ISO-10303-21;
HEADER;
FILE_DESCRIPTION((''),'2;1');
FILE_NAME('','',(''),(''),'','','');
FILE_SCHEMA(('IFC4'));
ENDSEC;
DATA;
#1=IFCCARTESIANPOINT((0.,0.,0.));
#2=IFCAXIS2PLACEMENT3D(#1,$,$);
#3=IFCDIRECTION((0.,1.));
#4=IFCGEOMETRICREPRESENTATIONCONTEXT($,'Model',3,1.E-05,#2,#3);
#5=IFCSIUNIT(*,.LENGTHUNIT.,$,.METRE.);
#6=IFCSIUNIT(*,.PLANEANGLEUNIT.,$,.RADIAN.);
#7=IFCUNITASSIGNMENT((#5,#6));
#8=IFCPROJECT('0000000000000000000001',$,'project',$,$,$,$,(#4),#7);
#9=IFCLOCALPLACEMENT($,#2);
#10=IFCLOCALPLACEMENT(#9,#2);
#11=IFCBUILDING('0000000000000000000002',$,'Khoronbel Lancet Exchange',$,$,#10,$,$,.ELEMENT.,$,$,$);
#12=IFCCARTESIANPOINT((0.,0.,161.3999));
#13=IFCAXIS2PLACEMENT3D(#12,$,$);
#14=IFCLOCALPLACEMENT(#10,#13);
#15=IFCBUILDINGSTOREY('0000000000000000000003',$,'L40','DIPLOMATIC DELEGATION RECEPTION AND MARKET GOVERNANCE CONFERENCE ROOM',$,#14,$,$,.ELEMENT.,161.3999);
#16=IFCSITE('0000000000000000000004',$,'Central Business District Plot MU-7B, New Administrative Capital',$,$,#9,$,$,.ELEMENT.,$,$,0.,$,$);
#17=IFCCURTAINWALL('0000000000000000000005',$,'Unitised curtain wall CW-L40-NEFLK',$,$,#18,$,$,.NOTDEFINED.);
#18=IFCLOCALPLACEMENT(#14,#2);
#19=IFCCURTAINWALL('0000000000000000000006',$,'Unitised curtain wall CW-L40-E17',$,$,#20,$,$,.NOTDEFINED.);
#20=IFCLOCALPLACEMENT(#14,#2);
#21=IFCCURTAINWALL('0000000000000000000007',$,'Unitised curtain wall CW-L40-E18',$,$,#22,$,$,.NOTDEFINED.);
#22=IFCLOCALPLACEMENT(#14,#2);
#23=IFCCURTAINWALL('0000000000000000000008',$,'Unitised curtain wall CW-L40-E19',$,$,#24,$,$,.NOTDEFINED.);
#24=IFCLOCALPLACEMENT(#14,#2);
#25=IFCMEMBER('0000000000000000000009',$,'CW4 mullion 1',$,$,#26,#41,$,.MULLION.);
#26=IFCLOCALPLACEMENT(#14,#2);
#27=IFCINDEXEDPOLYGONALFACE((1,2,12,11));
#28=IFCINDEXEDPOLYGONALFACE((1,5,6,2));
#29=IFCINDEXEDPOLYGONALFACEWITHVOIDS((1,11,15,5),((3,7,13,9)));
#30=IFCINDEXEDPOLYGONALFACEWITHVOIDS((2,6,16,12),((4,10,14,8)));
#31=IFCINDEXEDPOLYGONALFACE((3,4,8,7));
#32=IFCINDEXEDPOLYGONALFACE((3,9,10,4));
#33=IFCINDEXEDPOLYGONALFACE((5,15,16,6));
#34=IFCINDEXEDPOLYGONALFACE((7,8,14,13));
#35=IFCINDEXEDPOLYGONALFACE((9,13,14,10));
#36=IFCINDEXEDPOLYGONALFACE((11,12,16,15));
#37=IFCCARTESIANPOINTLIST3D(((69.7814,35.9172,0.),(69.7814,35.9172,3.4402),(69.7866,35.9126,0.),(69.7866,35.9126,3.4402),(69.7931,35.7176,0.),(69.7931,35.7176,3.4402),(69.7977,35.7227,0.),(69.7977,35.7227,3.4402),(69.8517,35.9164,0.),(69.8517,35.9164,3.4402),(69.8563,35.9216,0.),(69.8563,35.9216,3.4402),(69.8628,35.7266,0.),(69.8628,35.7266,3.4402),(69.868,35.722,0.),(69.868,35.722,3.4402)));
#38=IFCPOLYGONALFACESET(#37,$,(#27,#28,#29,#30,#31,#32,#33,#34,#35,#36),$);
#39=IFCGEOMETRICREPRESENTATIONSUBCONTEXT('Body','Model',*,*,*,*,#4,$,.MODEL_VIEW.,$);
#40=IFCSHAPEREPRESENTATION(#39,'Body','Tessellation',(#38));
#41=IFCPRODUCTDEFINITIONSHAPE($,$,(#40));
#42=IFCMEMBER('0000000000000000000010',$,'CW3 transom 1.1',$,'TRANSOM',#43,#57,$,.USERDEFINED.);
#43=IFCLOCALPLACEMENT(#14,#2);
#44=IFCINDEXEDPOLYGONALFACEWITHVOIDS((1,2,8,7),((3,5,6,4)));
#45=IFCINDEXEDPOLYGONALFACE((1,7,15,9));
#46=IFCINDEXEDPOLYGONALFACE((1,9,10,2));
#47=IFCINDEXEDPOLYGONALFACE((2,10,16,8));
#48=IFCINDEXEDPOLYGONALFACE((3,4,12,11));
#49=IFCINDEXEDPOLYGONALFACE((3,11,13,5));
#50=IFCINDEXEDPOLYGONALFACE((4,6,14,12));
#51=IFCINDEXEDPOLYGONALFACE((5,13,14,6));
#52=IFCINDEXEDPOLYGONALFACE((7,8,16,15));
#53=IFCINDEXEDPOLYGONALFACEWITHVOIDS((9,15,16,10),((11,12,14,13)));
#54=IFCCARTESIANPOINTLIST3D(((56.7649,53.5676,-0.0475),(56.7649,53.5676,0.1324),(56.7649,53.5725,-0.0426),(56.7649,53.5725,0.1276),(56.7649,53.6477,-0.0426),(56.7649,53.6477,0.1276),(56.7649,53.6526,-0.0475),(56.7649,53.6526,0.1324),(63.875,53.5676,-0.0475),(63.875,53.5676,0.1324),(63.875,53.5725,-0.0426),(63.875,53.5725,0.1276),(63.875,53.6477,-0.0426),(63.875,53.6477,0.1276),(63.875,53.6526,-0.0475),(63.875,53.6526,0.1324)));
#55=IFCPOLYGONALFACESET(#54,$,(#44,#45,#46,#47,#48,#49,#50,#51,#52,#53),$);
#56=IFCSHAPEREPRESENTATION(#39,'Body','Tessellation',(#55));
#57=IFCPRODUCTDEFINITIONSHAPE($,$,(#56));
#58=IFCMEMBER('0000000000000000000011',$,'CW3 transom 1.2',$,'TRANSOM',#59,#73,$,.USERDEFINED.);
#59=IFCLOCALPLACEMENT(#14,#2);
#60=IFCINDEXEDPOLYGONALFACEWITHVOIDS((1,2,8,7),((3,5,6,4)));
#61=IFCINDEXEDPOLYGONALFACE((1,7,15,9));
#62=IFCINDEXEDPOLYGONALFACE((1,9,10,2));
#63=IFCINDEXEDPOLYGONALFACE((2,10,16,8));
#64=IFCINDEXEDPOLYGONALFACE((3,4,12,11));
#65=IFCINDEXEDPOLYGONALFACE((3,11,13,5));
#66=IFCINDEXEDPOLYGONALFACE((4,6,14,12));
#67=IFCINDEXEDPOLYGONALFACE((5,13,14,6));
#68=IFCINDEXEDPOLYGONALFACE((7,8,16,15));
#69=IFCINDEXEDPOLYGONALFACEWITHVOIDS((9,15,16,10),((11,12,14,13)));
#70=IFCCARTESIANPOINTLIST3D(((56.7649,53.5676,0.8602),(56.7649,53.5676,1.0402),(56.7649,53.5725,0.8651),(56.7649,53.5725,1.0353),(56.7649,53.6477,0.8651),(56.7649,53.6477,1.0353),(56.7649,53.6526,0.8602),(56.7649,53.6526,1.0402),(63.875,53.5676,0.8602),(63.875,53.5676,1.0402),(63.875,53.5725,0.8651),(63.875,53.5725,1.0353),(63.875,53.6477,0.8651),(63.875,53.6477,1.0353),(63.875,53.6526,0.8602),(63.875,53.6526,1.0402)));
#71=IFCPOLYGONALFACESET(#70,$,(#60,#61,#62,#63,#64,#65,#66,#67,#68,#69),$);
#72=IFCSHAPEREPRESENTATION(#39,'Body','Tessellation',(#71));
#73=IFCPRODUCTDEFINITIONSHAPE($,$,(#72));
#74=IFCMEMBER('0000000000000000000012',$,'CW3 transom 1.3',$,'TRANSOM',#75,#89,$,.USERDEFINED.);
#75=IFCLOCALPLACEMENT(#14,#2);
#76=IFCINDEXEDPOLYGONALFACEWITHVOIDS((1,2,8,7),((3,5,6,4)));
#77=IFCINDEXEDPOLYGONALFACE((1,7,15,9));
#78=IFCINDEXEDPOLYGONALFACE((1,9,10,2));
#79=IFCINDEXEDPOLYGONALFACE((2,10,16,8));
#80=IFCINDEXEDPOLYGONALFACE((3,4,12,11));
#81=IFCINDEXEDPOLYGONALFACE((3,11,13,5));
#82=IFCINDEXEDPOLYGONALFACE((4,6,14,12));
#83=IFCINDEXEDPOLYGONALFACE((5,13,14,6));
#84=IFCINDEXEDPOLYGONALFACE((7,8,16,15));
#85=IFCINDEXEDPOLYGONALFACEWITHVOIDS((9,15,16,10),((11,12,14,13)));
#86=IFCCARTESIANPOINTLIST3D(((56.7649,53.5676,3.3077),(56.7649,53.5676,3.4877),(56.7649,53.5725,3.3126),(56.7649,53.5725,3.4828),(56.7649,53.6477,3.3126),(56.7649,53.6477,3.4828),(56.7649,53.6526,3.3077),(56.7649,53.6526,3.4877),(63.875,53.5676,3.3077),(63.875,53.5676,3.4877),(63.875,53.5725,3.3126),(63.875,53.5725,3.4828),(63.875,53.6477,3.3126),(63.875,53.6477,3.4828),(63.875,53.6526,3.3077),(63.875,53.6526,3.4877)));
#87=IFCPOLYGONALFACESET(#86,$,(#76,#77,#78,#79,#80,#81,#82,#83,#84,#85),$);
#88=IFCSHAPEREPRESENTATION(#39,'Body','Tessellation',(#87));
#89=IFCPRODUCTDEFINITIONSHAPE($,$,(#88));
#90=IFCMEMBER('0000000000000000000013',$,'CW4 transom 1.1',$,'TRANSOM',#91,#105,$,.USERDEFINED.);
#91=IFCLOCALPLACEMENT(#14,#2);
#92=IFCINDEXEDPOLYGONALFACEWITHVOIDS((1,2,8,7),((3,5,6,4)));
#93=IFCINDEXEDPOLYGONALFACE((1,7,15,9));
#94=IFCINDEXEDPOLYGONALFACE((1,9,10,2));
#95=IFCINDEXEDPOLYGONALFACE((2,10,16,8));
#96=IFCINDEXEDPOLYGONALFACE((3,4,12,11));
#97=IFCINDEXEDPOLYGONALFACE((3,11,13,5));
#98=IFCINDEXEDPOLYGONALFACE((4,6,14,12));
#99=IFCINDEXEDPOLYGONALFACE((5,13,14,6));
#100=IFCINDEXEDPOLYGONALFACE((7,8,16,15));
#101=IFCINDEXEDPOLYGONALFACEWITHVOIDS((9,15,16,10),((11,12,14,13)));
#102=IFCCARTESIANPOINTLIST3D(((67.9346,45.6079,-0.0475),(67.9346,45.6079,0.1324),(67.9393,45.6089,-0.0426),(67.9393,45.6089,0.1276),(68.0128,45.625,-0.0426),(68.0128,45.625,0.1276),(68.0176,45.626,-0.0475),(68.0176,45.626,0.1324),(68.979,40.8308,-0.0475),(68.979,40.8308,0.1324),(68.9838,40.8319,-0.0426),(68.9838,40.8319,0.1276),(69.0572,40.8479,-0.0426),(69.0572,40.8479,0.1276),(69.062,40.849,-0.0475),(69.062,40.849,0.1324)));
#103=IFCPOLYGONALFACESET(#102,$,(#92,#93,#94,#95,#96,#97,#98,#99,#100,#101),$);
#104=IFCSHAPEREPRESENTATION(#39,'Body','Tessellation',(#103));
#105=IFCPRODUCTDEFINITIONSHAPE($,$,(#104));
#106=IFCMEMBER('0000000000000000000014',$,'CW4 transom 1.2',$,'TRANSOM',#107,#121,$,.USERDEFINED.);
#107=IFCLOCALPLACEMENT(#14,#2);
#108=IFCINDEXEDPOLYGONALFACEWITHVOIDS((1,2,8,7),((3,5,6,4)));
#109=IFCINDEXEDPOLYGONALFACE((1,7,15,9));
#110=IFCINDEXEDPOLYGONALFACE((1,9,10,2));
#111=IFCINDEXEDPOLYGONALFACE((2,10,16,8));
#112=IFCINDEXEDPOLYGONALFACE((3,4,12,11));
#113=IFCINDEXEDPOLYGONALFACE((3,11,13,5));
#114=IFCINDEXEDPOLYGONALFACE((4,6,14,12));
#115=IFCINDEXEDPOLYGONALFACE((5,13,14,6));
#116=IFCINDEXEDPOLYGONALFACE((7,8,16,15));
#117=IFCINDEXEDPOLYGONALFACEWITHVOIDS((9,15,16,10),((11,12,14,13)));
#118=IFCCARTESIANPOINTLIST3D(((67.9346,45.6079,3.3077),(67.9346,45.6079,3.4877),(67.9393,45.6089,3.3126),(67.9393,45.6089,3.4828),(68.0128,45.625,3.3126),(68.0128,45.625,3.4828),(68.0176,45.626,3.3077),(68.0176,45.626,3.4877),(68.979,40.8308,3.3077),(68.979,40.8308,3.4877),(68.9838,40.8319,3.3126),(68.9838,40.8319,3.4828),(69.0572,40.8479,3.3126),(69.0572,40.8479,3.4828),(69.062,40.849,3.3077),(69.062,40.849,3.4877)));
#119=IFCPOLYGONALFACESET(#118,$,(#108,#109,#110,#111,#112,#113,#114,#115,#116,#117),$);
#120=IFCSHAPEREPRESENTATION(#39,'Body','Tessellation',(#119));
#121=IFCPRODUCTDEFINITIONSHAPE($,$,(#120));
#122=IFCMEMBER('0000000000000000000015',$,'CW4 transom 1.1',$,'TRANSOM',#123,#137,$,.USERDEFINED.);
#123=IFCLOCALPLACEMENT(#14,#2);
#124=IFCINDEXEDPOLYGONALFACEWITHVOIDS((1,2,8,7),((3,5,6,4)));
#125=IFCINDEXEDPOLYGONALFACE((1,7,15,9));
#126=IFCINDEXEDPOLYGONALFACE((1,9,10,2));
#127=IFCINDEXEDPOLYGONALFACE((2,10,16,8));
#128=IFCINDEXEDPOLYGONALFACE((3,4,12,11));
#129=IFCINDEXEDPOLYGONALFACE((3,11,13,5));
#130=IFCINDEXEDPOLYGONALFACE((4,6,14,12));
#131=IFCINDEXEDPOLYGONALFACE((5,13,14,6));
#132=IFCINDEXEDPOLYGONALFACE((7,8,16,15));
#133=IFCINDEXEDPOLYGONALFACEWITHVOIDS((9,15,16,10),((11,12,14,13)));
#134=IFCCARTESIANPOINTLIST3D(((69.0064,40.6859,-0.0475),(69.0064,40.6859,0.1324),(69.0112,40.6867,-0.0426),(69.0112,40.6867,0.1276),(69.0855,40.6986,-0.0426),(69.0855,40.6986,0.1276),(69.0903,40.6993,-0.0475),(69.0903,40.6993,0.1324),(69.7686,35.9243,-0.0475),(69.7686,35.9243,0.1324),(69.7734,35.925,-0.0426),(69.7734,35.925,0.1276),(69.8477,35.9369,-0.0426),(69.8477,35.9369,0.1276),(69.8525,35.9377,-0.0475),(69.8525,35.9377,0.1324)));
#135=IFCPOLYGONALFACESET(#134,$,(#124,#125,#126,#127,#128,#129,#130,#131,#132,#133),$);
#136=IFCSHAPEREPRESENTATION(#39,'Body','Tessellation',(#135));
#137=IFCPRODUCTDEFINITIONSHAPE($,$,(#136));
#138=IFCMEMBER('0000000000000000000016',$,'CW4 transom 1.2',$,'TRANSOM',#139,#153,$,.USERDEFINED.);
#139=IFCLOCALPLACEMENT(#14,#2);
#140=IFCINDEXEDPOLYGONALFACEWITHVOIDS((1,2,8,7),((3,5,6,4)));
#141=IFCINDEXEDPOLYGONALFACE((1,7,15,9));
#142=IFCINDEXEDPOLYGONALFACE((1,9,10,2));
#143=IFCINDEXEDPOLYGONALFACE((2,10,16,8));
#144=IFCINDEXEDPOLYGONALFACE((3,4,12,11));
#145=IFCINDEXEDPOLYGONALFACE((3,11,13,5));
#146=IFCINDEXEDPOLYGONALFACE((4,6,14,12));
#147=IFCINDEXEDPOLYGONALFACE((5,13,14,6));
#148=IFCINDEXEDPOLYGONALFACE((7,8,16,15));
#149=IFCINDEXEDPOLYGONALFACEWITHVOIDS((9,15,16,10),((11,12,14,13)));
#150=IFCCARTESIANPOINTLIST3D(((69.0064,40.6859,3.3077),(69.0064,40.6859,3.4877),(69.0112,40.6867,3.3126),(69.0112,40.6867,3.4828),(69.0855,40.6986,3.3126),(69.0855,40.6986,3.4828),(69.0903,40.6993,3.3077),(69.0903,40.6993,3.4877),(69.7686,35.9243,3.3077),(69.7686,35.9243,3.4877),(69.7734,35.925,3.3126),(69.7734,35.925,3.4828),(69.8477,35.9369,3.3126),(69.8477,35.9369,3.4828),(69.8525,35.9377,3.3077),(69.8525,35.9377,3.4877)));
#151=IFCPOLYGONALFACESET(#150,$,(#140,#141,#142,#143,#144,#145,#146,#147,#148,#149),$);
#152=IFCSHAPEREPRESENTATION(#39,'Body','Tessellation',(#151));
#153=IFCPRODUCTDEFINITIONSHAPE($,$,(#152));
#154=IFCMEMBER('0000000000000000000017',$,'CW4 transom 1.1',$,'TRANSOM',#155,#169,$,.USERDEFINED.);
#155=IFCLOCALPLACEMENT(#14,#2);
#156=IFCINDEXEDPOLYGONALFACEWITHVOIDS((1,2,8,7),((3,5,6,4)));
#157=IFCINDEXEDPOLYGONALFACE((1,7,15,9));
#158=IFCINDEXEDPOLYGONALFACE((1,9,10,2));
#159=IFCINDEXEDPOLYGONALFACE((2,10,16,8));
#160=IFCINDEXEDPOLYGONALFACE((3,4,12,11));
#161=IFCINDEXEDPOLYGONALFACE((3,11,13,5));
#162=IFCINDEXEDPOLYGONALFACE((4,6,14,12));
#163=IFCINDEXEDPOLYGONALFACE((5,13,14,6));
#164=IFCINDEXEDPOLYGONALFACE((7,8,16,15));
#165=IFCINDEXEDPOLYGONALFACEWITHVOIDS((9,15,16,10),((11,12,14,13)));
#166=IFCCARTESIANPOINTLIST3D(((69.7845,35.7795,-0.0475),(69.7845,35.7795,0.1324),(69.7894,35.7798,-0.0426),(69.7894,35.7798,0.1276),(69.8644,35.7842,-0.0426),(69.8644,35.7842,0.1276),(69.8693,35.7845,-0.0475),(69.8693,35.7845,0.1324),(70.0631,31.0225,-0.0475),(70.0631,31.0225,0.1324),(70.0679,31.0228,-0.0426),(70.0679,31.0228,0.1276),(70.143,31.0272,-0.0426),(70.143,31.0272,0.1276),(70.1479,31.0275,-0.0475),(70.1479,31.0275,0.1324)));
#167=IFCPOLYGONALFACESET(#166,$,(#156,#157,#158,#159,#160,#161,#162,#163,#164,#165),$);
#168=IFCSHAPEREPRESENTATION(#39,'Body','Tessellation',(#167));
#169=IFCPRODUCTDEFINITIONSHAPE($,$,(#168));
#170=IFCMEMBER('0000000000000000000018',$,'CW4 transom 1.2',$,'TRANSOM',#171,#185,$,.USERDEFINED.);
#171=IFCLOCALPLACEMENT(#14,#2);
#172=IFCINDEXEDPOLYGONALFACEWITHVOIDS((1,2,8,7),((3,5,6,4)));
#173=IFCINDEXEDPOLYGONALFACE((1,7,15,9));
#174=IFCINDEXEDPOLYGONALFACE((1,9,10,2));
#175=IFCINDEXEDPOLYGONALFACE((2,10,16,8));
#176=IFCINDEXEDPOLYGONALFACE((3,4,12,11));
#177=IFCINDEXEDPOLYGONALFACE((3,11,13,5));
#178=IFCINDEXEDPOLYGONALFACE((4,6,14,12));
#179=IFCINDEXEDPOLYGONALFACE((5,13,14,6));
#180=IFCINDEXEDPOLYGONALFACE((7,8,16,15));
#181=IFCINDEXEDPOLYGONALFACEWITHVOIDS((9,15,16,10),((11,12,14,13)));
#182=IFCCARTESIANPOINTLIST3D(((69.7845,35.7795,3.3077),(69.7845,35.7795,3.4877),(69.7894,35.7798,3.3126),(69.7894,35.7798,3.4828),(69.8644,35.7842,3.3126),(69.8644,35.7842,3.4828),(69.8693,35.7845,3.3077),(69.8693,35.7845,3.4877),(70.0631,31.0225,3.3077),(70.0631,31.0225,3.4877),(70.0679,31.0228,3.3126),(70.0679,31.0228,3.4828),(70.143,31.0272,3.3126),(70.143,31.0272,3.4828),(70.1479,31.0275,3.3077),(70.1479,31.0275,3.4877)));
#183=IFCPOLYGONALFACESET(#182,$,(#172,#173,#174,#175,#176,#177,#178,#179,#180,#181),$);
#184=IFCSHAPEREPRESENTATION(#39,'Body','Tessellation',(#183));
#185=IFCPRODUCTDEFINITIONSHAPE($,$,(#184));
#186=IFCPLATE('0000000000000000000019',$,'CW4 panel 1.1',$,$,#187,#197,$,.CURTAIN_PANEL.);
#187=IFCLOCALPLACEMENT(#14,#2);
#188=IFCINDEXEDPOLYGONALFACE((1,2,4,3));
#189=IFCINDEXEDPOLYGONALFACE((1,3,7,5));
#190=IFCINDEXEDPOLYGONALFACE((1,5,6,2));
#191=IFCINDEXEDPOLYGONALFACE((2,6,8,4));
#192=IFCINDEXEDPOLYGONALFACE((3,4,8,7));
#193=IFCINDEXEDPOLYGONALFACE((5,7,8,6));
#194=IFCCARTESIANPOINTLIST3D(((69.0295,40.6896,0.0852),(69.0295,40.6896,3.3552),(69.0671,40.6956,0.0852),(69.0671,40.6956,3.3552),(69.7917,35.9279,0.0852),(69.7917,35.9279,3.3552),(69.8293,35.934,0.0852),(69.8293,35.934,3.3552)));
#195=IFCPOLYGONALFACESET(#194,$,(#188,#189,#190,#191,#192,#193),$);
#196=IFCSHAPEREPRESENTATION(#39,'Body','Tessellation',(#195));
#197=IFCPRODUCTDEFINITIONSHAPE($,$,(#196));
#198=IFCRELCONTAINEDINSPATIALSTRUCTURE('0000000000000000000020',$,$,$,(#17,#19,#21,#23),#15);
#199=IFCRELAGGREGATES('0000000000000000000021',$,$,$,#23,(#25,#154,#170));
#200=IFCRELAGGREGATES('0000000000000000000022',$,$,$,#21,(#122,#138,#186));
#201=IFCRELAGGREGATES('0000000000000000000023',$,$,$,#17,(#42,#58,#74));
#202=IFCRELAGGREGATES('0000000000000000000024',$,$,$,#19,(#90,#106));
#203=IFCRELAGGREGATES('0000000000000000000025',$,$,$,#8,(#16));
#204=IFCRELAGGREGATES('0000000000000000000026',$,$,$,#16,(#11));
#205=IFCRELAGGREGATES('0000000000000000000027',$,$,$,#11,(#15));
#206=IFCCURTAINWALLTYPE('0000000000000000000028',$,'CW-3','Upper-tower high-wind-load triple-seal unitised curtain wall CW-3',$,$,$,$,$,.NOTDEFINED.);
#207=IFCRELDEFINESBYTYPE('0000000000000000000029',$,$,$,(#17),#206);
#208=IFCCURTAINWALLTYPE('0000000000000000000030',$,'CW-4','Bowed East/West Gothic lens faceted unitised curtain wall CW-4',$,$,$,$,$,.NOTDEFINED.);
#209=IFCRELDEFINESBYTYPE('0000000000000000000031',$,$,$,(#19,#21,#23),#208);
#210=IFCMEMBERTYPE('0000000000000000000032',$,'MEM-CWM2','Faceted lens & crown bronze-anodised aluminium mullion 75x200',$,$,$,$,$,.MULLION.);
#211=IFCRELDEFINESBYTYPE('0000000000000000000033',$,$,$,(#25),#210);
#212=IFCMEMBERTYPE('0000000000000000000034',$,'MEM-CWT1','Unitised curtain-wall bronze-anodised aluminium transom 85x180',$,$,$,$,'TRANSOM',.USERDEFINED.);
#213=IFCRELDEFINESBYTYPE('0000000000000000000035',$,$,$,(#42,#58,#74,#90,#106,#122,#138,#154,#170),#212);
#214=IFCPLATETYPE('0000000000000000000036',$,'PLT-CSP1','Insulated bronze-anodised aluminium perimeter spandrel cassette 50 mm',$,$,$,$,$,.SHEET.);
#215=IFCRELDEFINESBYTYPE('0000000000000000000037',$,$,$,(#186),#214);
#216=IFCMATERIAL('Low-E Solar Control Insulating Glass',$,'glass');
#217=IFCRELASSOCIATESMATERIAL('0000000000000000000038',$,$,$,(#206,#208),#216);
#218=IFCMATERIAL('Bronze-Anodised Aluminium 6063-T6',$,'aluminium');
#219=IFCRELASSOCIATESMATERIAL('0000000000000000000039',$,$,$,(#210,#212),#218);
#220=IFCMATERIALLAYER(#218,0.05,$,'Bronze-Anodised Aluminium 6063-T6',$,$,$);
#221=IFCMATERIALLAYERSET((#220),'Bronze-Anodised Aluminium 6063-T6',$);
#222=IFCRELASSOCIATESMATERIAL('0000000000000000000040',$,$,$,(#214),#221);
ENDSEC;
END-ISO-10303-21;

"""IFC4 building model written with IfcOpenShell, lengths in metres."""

from ifc_helpers import new_model, si_unit, direction, frame, origin, origin_2d, place, context, subcontext, project, spatial, rectangle, hollow_rectangle, extrude, material, layer, layer_set, material_profile, profile_set, type_object, element, aggregate, save


model = new_model("IFC4")

# Units and contexts
model_context = context("Model", 3, precision=1e-05, world=origin(), true_north=direction((0.0, 1.0)))
body_context = subcontext(model_context, "Body", "Model", "MODEL_VIEW")
ifc_project = project(units=[si_unit("LENGTHUNIT", "METRE"), si_unit("PLANEANGLEUNIT", "RADIAN")], contexts=[model_context])

# Site, building, storey
site_placement = place(None, origin())
site = spatial("IfcSite", under=ifc_project, at=site_placement, Name="Central Business District Plot MU-7B, New Administrative Capital", CompositionType="ELEMENT", RefElevation=0.0)
building_placement = place(site_placement, origin())
building = spatial("IfcBuilding", under=site, at=building_placement, Name="Khoronbel Lancet Exchange", CompositionType="ELEMENT")
storey_placement = place(building_placement, frame((0.0, 0.0, 161.3999)))
storey = spatial("IfcBuildingStorey", under=building, at=storey_placement, Name="L40", Description="DIPLOMATIC DELEGATION RECEPTION AND MARKET GOVERNANCE CONFERENCE ROOM", CompositionType="ELEMENT", Elevation=161.3999)

# Curtain wall
ifc_material_1 = material(Name="Low-E Solar Control Insulating Glass", Category="glass")
curtain_wall_type_1 = type_object("IfcCurtainWallType", Name="CW-3", Description="Upper-tower high-wind-load triple-seal unitised curtain wall CW-3", PredefinedType="NOTDEFINED", material=ifc_material_1)
curtain_wall_1_placement = place(storey_placement, origin())
curtain_wall_1 = element("IfcCurtainWall", 1, at=curtain_wall_1_placement, inside=storey, type_object=curtain_wall_type_1, Name="Unitised curtain wall CW-L40-NEFLK", PredefinedType="NOTDEFINED")
ifc_material_2 = material(Name="Bronze-Anodised Aluminium 6063-T6", Category="aluminium")

# Curtain walls
curtain_wall_type_2 = type_object("IfcCurtainWallType", Name="CW-4", Description="Bowed East/West Gothic lens faceted unitised curtain wall CW-4", PredefinedType="NOTDEFINED", material=ifc_material_1)
curtain_wall_2_placement = place(storey_placement, origin())
curtain_wall_2 = element("IfcCurtainWall", 2, at=curtain_wall_2_placement, inside=storey, type_object=curtain_wall_type_2, Name="Unitised curtain wall CW-L40-E17", PredefinedType="NOTDEFINED")
ifc_material_profile_1 = material_profile(ifc_material_2, hollow_rectangle(XDim=0.075, YDim=0.2, WallThickness=0.0049, at=origin_2d()), Name="ALU MULLION 75x200")
ifc_profile_set_1 = profile_set([ifc_material_profile_1], Name="Bronze-Anodised Aluminium 6063-T6")
member_type_1 = type_object("IfcMemberType", Name="MEM-CWM2", Description="Faceted lens & crown bronze-anodised aluminium mullion 75x200", PredefinedType="MULLION", material=ifc_profile_set_1)
curtain_wall_3_placement = place(storey_placement, origin())
curtain_wall_3 = element("IfcCurtainWall", 3, at=curtain_wall_3_placement, inside=storey, type_object=curtain_wall_type_2, Name="Unitised curtain wall CW-L40-E18", PredefinedType="NOTDEFINED")

# Curtain wall, member
curtain_wall_4_placement = place(storey_placement, origin())
curtain_wall_4 = element("IfcCurtainWall", 4, at=curtain_wall_4_placement, inside=storey, type_object=curtain_wall_type_2, Name="Unitised curtain wall CW-L40-E19", PredefinedType="NOTDEFINED")
member_1_placement = place(storey_placement, frame((69.8247, 35.8196, 0.0), z_axis=(0.0, 0.0, 1.0), x_axis=(0.998289, 0.05847, 0.0)))
member_1 = element("IfcMember", 5, at=member_1_placement, type_object=member_type_1, Name="CW4 mullion 1", PredefinedType="MULLION", context=body_context, shape_type="SweptSolid", body=[
    extrude(hollow_rectangle(XDim=0.075, YDim=0.2, WallThickness=0.0049, at=origin_2d()), origin(), (0.0, 0.0, 1.0), 3.4402),
])

# Members
ifc_material_profile_2 = material_profile(ifc_material_2, hollow_rectangle(XDim=0.085, YDim=0.1799, WallThickness=0.0049, at=origin_2d()), Name="ALU TRANSOM 85x180")
ifc_profile_set_2 = profile_set([ifc_material_profile_2], Name="Bronze-Anodised Aluminium 6063-T6")
member_type_2 = type_object("IfcMemberType", Name="MEM-CWT1", Description="Unitised curtain-wall bronze-anodised aluminium transom 85x180", ElementType="TRANSOM", PredefinedType="USERDEFINED", material=ifc_profile_set_2)
member_2_placement = place(storey_placement, frame((63.875, 53.6101, 0.0425), z_axis=(-1.0, 0.0, 0.0), x_axis=(0.0, -1.0, 0.0)))
member_2 = element("IfcMember", 6, at=member_2_placement, type_object=member_type_2, Name="CW3 transom 1.1", ObjectType="TRANSOM", PredefinedType="USERDEFINED", context=body_context, shape_type="SweptSolid", body=[
    extrude(hollow_rectangle(XDim=0.085, YDim=0.1799, WallThickness=0.0049, at=origin_2d()), origin(), (0.0, 0.0, 1.0), 7.1101),
])
member_3_placement = place(storey_placement, frame((63.875, 53.6101, 0.9502), z_axis=(-1.0, 0.0, 0.0), x_axis=(0.0, -1.0, 0.0)))
member_3 = element("IfcMember", 7, at=member_3_placement, type_object=member_type_2, Name="CW3 transom 1.2", ObjectType="TRANSOM", PredefinedType="USERDEFINED", context=body_context, shape_type="SweptSolid", body=[
    extrude(hollow_rectangle(XDim=0.085, YDim=0.1799, WallThickness=0.0049, at=origin_2d()), origin(), (0.0, 0.0, 1.0), 7.1101),
])
member_4_placement = place(storey_placement, frame((63.875, 53.6101, 3.3977), z_axis=(-1.0, 0.0, 0.0), x_axis=(0.0, -1.0, 0.0)))
member_4 = element("IfcMember", 8, at=member_4_placement, type_object=member_type_2, Name="CW3 transom 1.3", ObjectType="TRANSOM", PredefinedType="USERDEFINED", context=body_context, shape_type="SweptSolid", body=[
    extrude(hollow_rectangle(XDim=0.085, YDim=0.1799, WallThickness=0.0049, at=origin_2d()), origin(), (0.0, 0.0, 1.0), 7.1101),
])
member_5_placement = place(storey_placement, frame((67.9761, 45.6169, 0.0425), z_axis=(0.213588, -0.976924, 0.0), x_axis=(0.976924, 0.213588, 0.0)))
member_5 = element("IfcMember", 9, at=member_5_placement, type_object=member_type_2, Name="CW4 transom 1.1", ObjectType="TRANSOM", PredefinedType="USERDEFINED", context=body_context, shape_type="SweptSolid", body=[
    extrude(hollow_rectangle(XDim=0.085, YDim=0.1799, WallThickness=0.0049, at=origin_2d()), origin(), (0.0, 0.0, 1.0), 4.8899),
])
member_6_placement = place(storey_placement, frame((67.9761, 45.6169, 3.3977), z_axis=(0.213588, -0.976924, 0.0), x_axis=(0.976924, 0.213588, 0.0)))
member_6 = element("IfcMember", 10, at=member_6_placement, type_object=member_type_2, Name="CW4 transom 1.2", ObjectType="TRANSOM", PredefinedType="USERDEFINED", context=body_context, shape_type="SweptSolid", body=[
    extrude(hollow_rectangle(XDim=0.085, YDim=0.1799, WallThickness=0.0049, at=origin_2d()), origin(), (0.0, 0.0, 1.0), 4.8899),
])
member_7_placement = place(storey_placement, frame((69.0483, 40.6926, 0.0425), z_axis=(0.158058, -0.98743, 0.0), x_axis=(0.98743, 0.158058, 0.0)))
member_7 = element("IfcMember", 11, at=member_7_placement, type_object=member_type_2, Name="CW4 transom 1.1", ObjectType="TRANSOM", PredefinedType="USERDEFINED", context=body_context, shape_type="SweptSolid", body=[
    extrude(hollow_rectangle(XDim=0.085, YDim=0.1799, WallThickness=0.0049, at=origin_2d()), origin(), (0.0, 0.0, 1.0), 4.8223),
])
member_8_placement = place(storey_placement, frame((69.0483, 40.6926, 3.3977), z_axis=(0.158058, -0.98743, 0.0), x_axis=(0.98743, 0.158058, 0.0)))
member_8 = element("IfcMember", 12, at=member_8_placement, type_object=member_type_2, Name="CW4 transom 1.2", ObjectType="TRANSOM", PredefinedType="USERDEFINED", context=body_context, shape_type="SweptSolid", body=[
    extrude(hollow_rectangle(XDim=0.085, YDim=0.1799, WallThickness=0.0049, at=origin_2d()), origin(), (0.0, 0.0, 1.0), 4.8223),
])
member_9_placement = place(storey_placement, frame((69.8269, 35.782, 0.0425), z_axis=(0.058458, -0.99829, 0.0), x_axis=(0.99829, 0.058458, 0.0)))
member_9 = element("IfcMember", 13, at=member_9_placement, type_object=member_type_2, Name="CW4 transom 1.1", ObjectType="TRANSOM", PredefinedType="USERDEFINED", context=body_context, shape_type="SweptSolid", body=[
    extrude(hollow_rectangle(XDim=0.085, YDim=0.1799, WallThickness=0.0049, at=origin_2d()), origin(), (0.0, 0.0, 1.0), 4.7651),
])
member_10_placement = place(storey_placement, frame((69.8269, 35.782, 3.3977), z_axis=(0.058458, -0.99829, 0.0), x_axis=(0.99829, 0.058458, 0.0)))
member_10 = element("IfcMember", 14, at=member_10_placement, type_object=member_type_2, Name="CW4 transom 1.2", ObjectType="TRANSOM", PredefinedType="USERDEFINED", context=body_context, shape_type="SweptSolid", body=[
    extrude(hollow_rectangle(XDim=0.085, YDim=0.1799, WallThickness=0.0049, at=origin_2d()), origin(), (0.0, 0.0, 1.0), 4.7651),
])
aggregate(curtain_wall_4, [member_1, member_9, member_10])

# Plate
ifc_layer_1 = layer(ifc_material_2, 0.05, Name="Bronze-Anodised Aluminium 6063-T6")
ifc_layer_set_1 = layer_set([ifc_layer_1], Name="Bronze-Anodised Aluminium 6063-T6")
plate_type_1 = type_object("IfcPlateType", Name="PLT-CSP1", Description="Insulated bronze-anodised aluminium perimeter spandrel cassette 50 mm", PredefinedType="SHEET", material=ifc_layer_set_1)
plate_1_placement = place(storey_placement, frame((69.4294, 38.3118, 0.0852), z_axis=(0.0, 0.0, 1.0), x_axis=(0.158059, -0.98743, 0.0)))
plate_1 = element("IfcPlate", 15, at=plate_1_placement, type_object=plate_type_1, Name="CW4 panel 1.1", PredefinedType="CURTAIN_PANEL", context=body_context, shape_type="SweptSolid", body=[
    extrude(rectangle(XDim=4.8223, YDim=0.0381, at=origin_2d()), origin(), (0.0, 0.0, 1.0), 3.27),
])
aggregate(curtain_wall_3, [member_7, member_8, plate_1])
aggregate(curtain_wall_1, [member_2, member_3, member_4])
aggregate(curtain_wall_2, [member_5, member_6])

save(model, "model.ifc")
